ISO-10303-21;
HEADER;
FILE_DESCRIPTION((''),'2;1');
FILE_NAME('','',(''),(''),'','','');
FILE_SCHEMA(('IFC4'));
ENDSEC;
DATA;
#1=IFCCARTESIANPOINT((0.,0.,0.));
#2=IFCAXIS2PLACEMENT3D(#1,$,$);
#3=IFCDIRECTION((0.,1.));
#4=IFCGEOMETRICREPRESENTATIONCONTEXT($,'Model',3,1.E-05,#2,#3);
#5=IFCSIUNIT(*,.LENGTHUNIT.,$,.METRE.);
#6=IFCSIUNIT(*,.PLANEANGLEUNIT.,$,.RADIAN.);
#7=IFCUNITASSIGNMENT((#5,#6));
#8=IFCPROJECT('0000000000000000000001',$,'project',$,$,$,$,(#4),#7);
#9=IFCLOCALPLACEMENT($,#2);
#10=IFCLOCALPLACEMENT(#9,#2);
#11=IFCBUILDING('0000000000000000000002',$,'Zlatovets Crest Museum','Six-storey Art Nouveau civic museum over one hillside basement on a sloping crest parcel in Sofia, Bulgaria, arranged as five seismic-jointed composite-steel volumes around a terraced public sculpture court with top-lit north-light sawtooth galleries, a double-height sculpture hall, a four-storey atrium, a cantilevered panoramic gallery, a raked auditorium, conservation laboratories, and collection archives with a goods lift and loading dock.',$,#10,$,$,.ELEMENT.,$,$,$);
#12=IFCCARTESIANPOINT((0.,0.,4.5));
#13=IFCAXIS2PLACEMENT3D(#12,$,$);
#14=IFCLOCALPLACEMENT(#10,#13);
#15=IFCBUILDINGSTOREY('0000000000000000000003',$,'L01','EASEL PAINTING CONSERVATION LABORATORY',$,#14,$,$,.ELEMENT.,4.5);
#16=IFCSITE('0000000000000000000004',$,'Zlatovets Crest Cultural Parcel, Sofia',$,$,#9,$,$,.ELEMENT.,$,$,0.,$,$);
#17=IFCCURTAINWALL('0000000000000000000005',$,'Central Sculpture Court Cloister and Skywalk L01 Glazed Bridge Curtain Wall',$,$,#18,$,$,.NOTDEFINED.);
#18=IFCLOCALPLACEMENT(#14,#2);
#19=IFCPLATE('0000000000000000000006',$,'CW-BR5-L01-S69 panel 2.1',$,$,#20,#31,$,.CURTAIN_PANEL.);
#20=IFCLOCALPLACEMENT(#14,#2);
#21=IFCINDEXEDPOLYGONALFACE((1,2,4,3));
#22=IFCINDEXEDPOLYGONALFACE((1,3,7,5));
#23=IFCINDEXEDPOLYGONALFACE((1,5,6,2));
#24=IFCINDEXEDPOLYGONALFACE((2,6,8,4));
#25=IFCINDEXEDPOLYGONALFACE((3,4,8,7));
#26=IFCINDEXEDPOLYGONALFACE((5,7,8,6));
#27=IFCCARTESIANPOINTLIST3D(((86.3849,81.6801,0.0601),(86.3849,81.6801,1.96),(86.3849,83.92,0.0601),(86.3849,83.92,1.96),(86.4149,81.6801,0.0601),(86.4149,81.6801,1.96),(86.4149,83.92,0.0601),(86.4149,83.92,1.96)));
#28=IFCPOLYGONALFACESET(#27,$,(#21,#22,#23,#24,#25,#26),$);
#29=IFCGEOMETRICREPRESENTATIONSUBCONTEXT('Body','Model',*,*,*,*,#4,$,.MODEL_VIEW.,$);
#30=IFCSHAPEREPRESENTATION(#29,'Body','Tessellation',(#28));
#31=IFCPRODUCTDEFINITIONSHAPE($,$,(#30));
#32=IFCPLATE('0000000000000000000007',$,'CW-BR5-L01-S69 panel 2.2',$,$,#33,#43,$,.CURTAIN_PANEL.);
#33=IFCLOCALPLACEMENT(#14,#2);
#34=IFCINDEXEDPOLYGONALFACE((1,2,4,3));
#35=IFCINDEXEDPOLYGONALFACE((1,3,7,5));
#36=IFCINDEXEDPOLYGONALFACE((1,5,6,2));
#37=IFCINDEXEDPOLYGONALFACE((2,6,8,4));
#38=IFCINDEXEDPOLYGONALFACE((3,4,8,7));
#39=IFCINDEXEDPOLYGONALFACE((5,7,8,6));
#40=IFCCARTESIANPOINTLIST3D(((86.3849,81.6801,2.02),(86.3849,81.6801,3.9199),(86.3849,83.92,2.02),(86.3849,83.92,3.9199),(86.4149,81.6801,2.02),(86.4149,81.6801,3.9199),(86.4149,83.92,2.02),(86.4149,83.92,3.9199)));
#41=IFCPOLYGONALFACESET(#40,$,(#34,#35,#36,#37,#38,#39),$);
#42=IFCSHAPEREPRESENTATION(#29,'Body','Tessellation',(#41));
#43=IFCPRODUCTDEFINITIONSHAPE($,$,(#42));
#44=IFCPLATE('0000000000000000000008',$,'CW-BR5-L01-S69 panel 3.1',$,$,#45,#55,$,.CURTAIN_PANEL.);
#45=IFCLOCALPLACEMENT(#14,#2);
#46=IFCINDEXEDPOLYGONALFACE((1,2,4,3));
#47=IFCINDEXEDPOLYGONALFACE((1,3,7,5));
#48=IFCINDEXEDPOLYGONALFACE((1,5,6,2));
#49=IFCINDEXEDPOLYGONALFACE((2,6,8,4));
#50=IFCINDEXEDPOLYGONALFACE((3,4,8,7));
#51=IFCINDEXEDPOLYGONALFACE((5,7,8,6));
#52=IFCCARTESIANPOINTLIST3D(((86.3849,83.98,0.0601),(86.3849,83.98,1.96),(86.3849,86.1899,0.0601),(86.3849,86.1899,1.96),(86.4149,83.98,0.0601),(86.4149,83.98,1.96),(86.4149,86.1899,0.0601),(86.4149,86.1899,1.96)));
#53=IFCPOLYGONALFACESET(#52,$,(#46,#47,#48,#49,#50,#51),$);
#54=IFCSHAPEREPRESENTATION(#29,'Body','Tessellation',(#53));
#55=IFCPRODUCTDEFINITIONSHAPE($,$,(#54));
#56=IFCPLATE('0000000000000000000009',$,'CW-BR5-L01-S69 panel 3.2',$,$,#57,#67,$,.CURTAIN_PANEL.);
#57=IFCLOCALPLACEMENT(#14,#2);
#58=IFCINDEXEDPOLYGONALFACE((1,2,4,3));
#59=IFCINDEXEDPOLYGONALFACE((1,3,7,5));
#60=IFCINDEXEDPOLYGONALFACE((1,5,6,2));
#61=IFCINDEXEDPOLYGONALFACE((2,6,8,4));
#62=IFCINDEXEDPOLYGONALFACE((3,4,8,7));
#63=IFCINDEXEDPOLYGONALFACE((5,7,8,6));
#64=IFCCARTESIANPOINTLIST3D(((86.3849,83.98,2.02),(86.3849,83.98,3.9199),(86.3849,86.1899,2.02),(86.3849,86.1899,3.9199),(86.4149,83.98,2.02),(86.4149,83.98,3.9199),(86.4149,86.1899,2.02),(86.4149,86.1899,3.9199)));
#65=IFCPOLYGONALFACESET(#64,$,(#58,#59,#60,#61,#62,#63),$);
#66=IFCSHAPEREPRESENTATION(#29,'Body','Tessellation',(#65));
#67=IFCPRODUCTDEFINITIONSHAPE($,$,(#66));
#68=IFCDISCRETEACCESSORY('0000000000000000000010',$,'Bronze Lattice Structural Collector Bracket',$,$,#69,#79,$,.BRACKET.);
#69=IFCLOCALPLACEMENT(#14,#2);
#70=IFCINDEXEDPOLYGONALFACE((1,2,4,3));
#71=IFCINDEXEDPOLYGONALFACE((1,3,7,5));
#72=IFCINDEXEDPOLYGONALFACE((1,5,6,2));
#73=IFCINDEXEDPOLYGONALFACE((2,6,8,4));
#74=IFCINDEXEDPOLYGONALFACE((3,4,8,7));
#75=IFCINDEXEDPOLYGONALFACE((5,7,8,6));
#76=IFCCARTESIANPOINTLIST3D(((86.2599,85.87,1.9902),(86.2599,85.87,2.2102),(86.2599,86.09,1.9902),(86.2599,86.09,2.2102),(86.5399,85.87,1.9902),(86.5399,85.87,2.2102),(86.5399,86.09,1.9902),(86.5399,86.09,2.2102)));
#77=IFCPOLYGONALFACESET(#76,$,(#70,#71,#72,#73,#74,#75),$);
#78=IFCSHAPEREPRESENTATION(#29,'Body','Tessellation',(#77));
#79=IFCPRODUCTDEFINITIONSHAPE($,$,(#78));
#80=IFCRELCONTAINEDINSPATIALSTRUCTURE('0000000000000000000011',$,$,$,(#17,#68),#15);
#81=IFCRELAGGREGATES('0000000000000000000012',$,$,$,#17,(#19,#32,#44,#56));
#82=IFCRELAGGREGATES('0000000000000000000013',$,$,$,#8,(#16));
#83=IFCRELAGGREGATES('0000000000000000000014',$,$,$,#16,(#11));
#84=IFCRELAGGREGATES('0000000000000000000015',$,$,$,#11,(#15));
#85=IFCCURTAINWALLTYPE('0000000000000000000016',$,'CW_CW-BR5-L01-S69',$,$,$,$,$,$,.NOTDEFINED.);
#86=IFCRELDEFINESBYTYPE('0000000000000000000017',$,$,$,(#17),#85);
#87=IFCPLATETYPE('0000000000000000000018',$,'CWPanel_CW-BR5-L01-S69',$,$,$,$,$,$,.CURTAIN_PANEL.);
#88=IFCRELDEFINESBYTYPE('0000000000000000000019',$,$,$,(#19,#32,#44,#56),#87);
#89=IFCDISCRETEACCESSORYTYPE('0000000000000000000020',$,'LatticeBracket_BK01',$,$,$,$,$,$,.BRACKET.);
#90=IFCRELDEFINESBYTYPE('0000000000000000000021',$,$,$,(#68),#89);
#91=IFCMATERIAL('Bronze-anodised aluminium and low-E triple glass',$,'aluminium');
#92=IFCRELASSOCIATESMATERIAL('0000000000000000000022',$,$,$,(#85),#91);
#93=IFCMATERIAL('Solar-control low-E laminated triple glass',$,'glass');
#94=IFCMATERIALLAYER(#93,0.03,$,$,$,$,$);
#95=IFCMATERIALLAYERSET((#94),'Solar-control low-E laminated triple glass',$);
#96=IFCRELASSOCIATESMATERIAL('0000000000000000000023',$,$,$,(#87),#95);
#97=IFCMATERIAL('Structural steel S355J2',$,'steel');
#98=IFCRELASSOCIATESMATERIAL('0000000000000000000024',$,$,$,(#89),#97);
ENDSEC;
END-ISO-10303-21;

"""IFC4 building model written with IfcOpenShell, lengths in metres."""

from ifc_helpers import new_model, si_unit, direction, frame, origin, origin_2d, place, context, subcontext, project, spatial, rectangle, extrude, material, layer, layer_set, type_object, element, aggregate, save


model = new_model("IFC4")

# Units and contexts
model_context = context("Model", 3, precision=1e-05, world=origin(), true_north=direction((0.0, 1.0)))
body_context = subcontext(model_context, "Body", "Model", "MODEL_VIEW")
ifc_project = project(units=[si_unit("LENGTHUNIT", "METRE"), si_unit("PLANEANGLEUNIT", "RADIAN")], contexts=[model_context])

# Site, building, storey
site_placement = place(None, origin())
site = spatial("IfcSite", under=ifc_project, at=site_placement, Name="Zlatovets Crest Cultural Parcel, Sofia", CompositionType="ELEMENT", RefElevation=0.0)
building_placement = place(site_placement, origin())
building = spatial("IfcBuilding", under=site, at=building_placement, Name="Zlatovets Crest Museum", Description="Six-storey Art Nouveau civic museum over one hillside basement on a sloping crest parcel in Sofia, Bulgaria, arranged as five seismic-jointed composite-steel volumes around a terraced public sculpture court with top-lit north-light sawtooth galleries, a double-height sculpture hall, a four-storey atrium, a cantilevered panoramic gallery, a raked auditorium, conservation laboratories, and collection archives with a goods lift and loading dock.", CompositionType="ELEMENT")
storey_placement = place(building_placement, frame((0.0, 0.0, 4.5)))
storey = spatial("IfcBuildingStorey", under=building, at=storey_placement, Name="L01", Description="EASEL PAINTING CONSERVATION LABORATORY", CompositionType="ELEMENT", Elevation=4.5)

# Shared definitions
ifc_material_1 = material(Name="Structural steel S355J2", Category="steel")

# Curtain wall
ifc_material_2 = material(Name="Bronze-anodised aluminium and low-E triple glass", Category="aluminium")
curtain_wall_type = type_object("IfcCurtainWallType", Name="CW_CW-BR5-L01-S69", PredefinedType="NOTDEFINED", material=ifc_material_2)
curtain_wall_1_placement = place(storey_placement, origin())
curtain_wall_1 = element("IfcCurtainWall", 1, at=curtain_wall_1_placement, inside=storey, type_object=curtain_wall_type, Name="Central Sculpture Court Cloister and Skywalk L01 Glazed Bridge Curtain Wall", PredefinedType="NOTDEFINED")

# Plates
ifc_material_3 = material(Name="Solar-control low-E laminated triple glass", Category="glass")
ifc_layer = layer(ifc_material_3, 0.03)
ifc_layer_set = layer_set([ifc_layer], Name="Solar-control low-E laminated triple glass")
plate_type = type_object("IfcPlateType", Name="CWPanel_CW-BR5-L01-S69", PredefinedType="CURTAIN_PANEL", material=ifc_layer_set)
plate_1_placement = place(storey_placement, frame((86.3999, 82.8, 0.0601), z_axis=(0.0, 0.0, 1.0), x_axis=(0.0, 1.0, 0.0)))
plate_1 = element("IfcPlate", 2, at=plate_1_placement, type_object=plate_type, Name="CW-BR5-L01-S69 panel 2.1", PredefinedType="CURTAIN_PANEL", context=body_context, shape_type="SweptSolid", body=[
    extrude(rectangle(XDim=2.24, YDim=0.03, at=origin_2d()), origin(), (0.0, 0.0, 1.0), 1.8999),
])
plate_2_placement = place(storey_placement, frame((86.3999, 82.8, 2.02), z_axis=(0.0, 0.0, 1.0), x_axis=(0.0, 1.0, 0.0)))
plate_2 = element("IfcPlate", 3, at=plate_2_placement, type_object=plate_type, Name="CW-BR5-L01-S69 panel 2.2", PredefinedType="CURTAIN_PANEL", context=body_context, shape_type="SweptSolid", body=[
    extrude(rectangle(XDim=2.24, YDim=0.03, at=origin_2d()), origin(), (0.0, 0.0, 1.0), 1.8999),
])
plate_3_placement = place(storey_placement, frame((86.3999, 85.085, 0.0601), z_axis=(0.0, 0.0, 1.0), x_axis=(0.0, 1.0, 0.0)))
plate_3 = element("IfcPlate", 4, at=plate_3_placement, type_object=plate_type, Name="CW-BR5-L01-S69 panel 3.1", PredefinedType="CURTAIN_PANEL", context=body_context, shape_type="SweptSolid", body=[
    extrude(rectangle(XDim=2.21, YDim=0.03, at=origin_2d()), origin(), (0.0, 0.0, 1.0), 1.8999),
])
plate_4_placement = place(storey_placement, frame((86.3999, 85.085, 2.02), z_axis=(0.0, 0.0, 1.0), x_axis=(0.0, 1.0, 0.0)))
plate_4 = element("IfcPlate", 5, at=plate_4_placement, type_object=plate_type, Name="CW-BR5-L01-S69 panel 3.2", PredefinedType="CURTAIN_PANEL", context=body_context, shape_type="SweptSolid", body=[
    extrude(rectangle(XDim=2.21, YDim=0.03, at=origin_2d()), origin(), (0.0, 0.0, 1.0), 1.8999),
])
aggregate(curtain_wall_1, [plate_1, plate_2, plate_3, plate_4])

# Discrete accessory
discrete_accessory_type = type_object("IfcDiscreteAccessoryType", Name="LatticeBracket_BK01", PredefinedType="BRACKET", material=ifc_material_1)
discrete_accessory_placement = place(storey_placement, frame((86.3999, 85.98, 1.9902), z_axis=(0.0, 0.0, 1.0), x_axis=(1.0, 0.0, 0.0)))
element("IfcDiscreteAccessory", 6, at=discrete_accessory_placement, inside=storey, type_object=discrete_accessory_type, Name="Bronze Lattice Structural Collector Bracket", PredefinedType="BRACKET", context=body_context, shape_type="SweptSolid", body=[
    extrude(rectangle(XDim=0.28, YDim=0.22, at=origin_2d()), origin(), (0.0, 0.0, 1.0), 0.22),
])

save(model, "model.ifc")
